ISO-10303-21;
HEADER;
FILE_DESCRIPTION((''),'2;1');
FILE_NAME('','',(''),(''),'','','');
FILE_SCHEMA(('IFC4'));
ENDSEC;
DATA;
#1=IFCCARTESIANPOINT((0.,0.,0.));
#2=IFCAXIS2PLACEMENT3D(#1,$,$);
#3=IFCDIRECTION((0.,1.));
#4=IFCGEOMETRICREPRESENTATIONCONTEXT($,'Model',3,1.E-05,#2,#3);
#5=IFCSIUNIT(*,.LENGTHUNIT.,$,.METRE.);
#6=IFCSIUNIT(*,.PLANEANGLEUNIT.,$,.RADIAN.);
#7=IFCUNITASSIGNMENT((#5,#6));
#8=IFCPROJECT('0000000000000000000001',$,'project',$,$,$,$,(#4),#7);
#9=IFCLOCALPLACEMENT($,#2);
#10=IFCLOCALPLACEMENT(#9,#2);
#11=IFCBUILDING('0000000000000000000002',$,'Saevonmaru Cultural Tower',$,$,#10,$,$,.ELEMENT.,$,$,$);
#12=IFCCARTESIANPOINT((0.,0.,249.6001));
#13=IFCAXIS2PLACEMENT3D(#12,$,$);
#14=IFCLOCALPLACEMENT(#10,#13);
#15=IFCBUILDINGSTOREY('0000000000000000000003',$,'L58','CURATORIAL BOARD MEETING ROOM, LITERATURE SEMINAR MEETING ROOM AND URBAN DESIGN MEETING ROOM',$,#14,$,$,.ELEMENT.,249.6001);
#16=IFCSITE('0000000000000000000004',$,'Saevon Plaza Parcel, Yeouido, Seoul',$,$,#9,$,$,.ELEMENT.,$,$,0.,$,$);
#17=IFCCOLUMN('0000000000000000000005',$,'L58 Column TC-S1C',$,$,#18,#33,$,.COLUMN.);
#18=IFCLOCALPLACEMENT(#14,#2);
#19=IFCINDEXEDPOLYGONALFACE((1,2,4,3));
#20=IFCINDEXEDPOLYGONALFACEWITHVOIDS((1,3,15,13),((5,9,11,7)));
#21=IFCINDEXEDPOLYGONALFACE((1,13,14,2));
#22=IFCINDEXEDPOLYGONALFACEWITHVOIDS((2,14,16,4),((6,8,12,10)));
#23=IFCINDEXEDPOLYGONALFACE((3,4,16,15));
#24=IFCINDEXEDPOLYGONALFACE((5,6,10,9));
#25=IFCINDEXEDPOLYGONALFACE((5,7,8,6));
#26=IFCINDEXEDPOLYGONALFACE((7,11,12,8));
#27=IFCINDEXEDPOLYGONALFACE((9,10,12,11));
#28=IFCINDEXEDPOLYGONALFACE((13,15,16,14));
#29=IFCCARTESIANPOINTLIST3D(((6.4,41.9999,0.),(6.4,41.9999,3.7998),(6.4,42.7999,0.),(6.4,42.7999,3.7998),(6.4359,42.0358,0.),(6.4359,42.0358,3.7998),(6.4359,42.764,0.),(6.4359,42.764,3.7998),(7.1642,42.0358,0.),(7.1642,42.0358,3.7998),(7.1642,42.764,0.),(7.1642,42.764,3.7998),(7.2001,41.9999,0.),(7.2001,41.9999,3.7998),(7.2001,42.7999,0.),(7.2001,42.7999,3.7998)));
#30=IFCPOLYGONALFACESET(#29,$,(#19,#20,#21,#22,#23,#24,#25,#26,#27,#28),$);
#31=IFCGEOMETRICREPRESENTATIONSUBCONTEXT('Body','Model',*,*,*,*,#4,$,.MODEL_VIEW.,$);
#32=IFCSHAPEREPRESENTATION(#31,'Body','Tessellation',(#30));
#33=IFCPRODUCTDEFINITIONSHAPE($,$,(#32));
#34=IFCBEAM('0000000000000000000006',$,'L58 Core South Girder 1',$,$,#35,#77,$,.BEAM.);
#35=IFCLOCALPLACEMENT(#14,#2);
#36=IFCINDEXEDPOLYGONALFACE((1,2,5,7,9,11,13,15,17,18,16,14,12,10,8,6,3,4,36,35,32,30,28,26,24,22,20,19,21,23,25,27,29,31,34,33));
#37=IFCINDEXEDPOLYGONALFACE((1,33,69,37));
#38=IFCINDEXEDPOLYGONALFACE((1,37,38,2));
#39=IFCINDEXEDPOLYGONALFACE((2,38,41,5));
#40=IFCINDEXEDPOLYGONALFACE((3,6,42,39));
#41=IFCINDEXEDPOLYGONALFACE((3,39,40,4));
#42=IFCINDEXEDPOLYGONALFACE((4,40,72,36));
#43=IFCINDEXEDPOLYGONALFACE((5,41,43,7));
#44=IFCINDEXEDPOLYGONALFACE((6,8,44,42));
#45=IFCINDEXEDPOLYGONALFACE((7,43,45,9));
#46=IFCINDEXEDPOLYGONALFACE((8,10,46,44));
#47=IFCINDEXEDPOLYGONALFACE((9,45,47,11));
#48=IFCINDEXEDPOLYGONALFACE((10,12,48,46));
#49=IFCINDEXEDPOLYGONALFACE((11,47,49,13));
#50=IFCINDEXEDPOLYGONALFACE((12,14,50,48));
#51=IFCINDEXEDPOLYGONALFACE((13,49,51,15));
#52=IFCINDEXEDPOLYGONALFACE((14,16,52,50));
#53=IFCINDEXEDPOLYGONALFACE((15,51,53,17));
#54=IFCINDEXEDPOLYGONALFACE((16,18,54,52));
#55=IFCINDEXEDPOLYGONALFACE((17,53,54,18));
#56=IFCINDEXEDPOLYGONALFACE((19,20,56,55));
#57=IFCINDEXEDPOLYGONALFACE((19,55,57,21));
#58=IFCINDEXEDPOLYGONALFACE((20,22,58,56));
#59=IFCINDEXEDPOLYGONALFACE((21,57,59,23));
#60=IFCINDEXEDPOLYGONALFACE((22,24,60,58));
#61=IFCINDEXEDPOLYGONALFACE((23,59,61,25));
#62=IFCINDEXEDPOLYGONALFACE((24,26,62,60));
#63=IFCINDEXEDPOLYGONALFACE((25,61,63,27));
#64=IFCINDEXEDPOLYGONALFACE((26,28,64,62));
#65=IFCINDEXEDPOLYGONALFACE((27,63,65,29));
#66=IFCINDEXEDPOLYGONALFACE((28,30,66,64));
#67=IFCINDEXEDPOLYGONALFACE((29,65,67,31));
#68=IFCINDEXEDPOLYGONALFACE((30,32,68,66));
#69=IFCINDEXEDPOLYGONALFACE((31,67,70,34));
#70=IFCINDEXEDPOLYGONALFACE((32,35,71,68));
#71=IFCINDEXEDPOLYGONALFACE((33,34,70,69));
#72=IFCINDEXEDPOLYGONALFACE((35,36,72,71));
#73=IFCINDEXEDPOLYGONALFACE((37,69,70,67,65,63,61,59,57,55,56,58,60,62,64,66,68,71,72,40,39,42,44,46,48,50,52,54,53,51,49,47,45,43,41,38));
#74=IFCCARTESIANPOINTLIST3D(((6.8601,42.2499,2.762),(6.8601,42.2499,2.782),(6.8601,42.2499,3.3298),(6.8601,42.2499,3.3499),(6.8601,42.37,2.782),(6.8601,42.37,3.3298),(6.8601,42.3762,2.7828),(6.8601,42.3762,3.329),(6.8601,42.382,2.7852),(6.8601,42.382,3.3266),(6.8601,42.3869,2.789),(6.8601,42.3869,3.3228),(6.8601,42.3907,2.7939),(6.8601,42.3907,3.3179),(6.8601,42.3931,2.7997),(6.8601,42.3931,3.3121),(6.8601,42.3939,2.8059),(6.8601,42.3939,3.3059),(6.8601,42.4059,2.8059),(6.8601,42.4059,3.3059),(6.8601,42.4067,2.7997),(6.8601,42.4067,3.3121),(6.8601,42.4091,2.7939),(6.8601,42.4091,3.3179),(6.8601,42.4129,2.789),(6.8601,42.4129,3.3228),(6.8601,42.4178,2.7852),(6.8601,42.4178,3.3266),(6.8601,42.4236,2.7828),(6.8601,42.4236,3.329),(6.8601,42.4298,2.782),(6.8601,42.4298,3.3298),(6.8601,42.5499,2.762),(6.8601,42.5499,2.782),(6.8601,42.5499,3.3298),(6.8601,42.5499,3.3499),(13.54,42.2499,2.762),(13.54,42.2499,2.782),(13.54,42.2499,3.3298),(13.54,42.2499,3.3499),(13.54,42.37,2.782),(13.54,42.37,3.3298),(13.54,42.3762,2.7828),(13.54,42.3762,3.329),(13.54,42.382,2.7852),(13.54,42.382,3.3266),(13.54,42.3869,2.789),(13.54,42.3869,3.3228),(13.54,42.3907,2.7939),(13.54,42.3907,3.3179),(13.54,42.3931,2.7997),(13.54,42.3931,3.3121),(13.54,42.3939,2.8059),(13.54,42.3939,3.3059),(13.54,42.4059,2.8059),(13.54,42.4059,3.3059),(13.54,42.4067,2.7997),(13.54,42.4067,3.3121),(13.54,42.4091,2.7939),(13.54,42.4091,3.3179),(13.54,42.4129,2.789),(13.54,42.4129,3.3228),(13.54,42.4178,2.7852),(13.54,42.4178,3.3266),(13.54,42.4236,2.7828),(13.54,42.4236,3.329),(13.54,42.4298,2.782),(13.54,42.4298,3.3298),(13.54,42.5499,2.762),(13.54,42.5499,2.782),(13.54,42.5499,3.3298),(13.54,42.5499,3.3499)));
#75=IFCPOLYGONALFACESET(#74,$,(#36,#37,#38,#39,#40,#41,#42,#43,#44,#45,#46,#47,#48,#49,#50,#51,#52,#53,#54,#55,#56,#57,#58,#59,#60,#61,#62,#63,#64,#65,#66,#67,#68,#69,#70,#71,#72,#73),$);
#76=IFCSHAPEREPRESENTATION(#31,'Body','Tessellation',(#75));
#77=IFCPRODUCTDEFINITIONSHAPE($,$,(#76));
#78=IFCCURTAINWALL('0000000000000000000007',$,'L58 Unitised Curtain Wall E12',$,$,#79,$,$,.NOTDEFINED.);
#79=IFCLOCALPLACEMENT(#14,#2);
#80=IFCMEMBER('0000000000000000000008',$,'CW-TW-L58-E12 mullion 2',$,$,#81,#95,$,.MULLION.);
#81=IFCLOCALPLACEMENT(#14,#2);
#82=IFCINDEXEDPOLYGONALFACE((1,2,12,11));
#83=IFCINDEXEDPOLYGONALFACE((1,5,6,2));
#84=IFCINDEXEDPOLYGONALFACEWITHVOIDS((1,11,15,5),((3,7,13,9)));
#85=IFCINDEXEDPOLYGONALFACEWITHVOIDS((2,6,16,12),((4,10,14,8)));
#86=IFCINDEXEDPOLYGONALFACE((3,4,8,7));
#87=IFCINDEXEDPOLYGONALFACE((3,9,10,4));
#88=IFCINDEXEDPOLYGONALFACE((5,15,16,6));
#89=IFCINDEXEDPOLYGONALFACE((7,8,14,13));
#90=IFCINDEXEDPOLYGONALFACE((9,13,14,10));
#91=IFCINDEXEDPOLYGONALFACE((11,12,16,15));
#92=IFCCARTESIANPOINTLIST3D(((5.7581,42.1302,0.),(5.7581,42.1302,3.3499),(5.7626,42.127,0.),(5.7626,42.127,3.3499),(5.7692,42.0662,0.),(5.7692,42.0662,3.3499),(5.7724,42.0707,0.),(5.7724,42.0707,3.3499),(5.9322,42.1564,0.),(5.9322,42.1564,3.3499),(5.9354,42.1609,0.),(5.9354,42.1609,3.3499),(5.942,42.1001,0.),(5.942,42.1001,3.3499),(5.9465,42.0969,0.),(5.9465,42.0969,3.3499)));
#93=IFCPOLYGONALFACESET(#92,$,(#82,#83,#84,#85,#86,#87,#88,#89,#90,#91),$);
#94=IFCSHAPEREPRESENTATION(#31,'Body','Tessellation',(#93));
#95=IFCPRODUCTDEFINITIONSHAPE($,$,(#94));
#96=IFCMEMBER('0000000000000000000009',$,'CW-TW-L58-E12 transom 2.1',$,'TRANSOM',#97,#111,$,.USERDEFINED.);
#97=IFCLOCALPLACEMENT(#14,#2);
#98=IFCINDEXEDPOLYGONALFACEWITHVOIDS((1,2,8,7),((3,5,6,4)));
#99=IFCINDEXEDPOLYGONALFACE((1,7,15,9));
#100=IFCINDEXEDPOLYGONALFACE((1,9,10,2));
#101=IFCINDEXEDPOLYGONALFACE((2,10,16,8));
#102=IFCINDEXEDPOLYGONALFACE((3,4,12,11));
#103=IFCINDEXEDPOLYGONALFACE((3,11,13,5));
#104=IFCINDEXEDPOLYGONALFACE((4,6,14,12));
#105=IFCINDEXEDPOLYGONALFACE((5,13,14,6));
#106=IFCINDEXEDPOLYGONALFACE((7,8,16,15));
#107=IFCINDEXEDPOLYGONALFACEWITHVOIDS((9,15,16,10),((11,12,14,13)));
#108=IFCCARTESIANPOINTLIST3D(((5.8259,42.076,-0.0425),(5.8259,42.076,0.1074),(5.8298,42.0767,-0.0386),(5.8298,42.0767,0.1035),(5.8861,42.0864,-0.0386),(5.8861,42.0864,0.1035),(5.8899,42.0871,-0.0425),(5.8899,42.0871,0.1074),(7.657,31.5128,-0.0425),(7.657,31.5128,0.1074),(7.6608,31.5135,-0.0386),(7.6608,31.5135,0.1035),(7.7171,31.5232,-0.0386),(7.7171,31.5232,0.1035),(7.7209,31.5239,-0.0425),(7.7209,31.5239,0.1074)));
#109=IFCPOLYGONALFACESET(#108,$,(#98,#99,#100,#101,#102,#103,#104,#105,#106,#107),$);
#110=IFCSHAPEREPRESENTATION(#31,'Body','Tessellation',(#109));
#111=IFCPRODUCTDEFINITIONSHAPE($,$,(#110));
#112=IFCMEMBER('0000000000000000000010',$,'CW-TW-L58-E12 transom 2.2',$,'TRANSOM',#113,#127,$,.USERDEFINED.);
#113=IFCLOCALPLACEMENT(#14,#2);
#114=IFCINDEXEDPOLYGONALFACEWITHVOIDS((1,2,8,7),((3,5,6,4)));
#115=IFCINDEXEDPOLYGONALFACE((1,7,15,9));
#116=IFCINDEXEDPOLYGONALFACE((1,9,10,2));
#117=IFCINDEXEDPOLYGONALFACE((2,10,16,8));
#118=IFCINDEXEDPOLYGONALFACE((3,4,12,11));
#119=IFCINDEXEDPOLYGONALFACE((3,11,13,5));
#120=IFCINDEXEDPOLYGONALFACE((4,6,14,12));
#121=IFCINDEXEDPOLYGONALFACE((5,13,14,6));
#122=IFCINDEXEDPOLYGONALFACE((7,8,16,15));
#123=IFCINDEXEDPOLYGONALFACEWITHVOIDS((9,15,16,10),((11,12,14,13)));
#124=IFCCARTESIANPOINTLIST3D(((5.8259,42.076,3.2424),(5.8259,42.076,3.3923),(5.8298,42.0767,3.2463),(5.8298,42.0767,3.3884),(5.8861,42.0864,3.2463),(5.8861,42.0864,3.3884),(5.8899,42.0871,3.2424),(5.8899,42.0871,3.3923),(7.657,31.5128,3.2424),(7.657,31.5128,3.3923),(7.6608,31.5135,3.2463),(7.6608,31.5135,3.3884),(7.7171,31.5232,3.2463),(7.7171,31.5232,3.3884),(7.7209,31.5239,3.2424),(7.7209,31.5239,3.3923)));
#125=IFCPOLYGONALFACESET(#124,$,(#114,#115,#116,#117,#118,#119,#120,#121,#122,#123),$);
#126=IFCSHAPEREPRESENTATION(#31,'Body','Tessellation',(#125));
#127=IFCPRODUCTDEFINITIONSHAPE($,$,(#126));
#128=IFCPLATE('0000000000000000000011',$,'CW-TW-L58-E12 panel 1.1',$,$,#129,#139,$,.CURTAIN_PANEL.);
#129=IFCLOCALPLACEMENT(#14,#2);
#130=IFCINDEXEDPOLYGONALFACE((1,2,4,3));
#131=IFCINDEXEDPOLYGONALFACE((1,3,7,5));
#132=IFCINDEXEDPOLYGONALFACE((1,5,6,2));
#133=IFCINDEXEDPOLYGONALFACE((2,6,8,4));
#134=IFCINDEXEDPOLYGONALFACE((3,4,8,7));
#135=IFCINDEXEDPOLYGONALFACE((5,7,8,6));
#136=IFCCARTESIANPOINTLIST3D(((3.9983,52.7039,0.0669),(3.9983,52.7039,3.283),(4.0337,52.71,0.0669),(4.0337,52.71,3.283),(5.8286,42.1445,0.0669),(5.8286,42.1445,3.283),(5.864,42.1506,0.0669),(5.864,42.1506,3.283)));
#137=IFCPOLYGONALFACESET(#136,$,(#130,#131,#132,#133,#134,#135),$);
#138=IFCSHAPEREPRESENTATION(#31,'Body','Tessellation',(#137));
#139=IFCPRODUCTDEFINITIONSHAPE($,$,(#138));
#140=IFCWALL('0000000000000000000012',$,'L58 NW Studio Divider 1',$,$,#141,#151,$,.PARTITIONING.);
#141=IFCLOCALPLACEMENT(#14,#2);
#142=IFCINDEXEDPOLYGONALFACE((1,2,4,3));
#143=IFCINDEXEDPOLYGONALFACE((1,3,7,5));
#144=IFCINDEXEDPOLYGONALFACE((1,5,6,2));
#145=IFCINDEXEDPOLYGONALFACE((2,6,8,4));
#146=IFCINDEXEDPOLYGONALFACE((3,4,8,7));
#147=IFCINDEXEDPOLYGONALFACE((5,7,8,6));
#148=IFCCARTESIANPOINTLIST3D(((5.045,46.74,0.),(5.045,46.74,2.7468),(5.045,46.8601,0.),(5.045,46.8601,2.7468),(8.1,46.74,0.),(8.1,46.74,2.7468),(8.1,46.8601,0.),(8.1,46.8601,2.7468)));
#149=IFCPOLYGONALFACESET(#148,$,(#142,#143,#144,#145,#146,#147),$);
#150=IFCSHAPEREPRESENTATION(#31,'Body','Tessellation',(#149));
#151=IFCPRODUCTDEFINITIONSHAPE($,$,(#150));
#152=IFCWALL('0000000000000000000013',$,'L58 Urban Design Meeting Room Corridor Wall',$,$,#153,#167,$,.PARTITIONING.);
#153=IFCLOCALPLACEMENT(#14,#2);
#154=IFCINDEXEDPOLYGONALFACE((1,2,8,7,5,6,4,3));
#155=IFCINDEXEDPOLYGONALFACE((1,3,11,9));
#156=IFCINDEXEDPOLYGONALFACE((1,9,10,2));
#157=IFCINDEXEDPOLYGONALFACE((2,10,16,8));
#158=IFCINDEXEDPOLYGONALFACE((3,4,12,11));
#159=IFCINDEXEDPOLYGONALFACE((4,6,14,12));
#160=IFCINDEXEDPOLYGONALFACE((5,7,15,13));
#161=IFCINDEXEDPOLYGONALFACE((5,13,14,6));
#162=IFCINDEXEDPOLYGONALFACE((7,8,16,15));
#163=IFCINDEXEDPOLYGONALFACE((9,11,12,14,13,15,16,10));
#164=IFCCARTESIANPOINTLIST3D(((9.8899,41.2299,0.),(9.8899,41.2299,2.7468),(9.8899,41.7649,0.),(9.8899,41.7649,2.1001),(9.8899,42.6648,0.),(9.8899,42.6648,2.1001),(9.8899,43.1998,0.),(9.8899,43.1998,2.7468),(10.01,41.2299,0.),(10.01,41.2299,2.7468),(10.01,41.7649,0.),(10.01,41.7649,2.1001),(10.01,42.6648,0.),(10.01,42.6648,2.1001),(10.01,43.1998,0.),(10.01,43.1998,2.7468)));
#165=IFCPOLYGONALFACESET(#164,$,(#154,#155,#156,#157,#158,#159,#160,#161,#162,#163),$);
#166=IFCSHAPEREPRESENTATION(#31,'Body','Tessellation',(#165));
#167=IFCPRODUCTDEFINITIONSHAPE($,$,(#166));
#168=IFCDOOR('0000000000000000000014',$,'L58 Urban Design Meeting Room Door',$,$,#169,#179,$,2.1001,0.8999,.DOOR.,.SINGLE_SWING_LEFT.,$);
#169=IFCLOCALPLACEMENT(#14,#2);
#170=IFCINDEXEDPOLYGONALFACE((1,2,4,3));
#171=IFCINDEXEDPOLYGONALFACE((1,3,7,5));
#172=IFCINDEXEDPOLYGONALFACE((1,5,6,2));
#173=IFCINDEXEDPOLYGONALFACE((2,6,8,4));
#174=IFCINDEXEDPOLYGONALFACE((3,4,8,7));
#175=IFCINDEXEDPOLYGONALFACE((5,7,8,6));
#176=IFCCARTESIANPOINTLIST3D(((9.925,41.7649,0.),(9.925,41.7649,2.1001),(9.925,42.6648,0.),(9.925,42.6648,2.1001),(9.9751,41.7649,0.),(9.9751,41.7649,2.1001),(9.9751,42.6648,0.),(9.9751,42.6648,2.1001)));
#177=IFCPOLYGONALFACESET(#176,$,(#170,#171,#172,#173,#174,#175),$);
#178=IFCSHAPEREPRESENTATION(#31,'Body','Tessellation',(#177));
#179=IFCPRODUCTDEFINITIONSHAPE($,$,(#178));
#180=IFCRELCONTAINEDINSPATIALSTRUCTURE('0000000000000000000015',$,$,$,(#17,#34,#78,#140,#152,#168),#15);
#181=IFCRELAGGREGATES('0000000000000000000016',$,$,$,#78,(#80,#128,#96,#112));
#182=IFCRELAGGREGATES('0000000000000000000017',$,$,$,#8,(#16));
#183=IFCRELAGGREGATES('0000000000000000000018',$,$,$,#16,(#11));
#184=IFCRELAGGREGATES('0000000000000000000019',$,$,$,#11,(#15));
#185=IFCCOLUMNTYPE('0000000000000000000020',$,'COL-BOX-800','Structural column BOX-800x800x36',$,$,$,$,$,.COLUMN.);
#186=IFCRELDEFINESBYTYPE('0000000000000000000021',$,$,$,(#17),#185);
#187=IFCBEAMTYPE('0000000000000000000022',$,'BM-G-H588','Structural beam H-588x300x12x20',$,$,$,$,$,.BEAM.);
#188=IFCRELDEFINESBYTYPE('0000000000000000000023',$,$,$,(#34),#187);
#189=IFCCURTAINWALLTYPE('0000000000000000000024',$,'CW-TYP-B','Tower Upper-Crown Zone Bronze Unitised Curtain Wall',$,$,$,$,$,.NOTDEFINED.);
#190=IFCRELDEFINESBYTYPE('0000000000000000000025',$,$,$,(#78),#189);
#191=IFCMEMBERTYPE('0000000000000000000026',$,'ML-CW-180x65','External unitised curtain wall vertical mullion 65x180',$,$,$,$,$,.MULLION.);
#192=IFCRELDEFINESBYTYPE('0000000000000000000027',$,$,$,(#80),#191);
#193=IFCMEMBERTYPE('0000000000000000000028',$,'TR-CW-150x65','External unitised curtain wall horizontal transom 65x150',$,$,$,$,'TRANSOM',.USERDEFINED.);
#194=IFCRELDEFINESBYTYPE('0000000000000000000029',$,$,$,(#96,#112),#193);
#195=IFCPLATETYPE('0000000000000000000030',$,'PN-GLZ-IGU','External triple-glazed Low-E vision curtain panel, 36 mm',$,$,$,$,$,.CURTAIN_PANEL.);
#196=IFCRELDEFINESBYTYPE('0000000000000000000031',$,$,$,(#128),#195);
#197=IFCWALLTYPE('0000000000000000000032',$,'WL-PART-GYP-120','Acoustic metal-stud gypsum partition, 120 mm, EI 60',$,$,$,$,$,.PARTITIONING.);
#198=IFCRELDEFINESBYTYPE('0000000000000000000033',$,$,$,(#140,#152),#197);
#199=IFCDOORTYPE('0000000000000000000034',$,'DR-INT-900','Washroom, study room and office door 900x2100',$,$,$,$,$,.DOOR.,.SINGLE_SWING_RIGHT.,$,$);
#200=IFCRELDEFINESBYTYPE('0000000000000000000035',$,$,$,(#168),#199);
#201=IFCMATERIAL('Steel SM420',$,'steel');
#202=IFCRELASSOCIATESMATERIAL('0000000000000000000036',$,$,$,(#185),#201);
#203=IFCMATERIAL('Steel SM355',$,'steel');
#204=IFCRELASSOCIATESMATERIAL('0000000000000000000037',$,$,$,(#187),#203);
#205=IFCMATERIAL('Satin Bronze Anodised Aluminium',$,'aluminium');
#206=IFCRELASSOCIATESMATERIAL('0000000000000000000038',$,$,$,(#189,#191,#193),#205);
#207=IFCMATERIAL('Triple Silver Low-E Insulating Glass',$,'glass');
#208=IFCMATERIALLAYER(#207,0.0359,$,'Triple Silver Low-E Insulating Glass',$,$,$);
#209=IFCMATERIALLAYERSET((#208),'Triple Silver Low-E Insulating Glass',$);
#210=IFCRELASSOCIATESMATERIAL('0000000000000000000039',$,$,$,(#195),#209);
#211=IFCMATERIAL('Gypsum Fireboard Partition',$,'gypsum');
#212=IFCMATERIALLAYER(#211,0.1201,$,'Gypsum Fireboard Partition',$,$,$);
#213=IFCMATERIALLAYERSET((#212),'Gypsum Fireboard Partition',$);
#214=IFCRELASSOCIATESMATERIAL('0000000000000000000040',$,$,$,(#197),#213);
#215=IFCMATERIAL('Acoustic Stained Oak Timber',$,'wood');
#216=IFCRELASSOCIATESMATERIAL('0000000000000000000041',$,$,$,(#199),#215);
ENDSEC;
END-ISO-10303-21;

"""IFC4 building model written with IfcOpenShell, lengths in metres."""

from ifc_helpers import new_model, si_unit, direction, frame, frame_2d, origin, origin_2d, place, context, subcontext, project, spatial, rectangle, hollow_rectangle, i_section, extrude, material, layer, layer_set, material_profile, profile_set, type_object, element, fill, aggregate, save


model = new_model("IFC4")

# Units and contexts
model_context = context("Model", 3, precision=1e-05, world=origin(), true_north=direction((0.0, 1.0)))
body_context = subcontext(model_context, "Body", "Model", "MODEL_VIEW")
ifc_project = project(units=[si_unit("LENGTHUNIT", "METRE"), si_unit("PLANEANGLEUNIT", "RADIAN")], contexts=[model_context])

# Site, building, storey
site_placement = place(None, origin())
site = spatial("IfcSite", under=ifc_project, at=site_placement, Name="Saevon Plaza Parcel, Yeouido, Seoul", CompositionType="ELEMENT", RefElevation=0.0)
building_placement = place(site_placement, origin())
building = spatial("IfcBuilding", under=site, at=building_placement, Name="Saevonmaru Cultural Tower", CompositionType="ELEMENT")
storey_placement = place(building_placement, frame((0.0, 0.0, 249.6001)))
storey = spatial("IfcBuildingStorey", under=building, at=storey_placement, Name="L58", Description="CURATORIAL BOARD MEETING ROOM, LITERATURE SEMINAR MEETING ROOM AND URBAN DESIGN MEETING ROOM", CompositionType="ELEMENT", Elevation=249.6001)

# Column
ifc_material_1 = material(Name="Steel SM420", Category="steel")
ifc_material_profile_1 = material_profile(ifc_material_1, hollow_rectangle(XDim=0.8, YDim=0.8, WallThickness=0.0359, at=origin_2d()), Name="BOX-800x800x36")
ifc_profile_set_1 = profile_set([ifc_material_profile_1], Name="Steel SM420")
column_type = type_object("IfcColumnType", Name="COL-BOX-800", Description="Structural column BOX-800x800x36", PredefinedType="COLUMN", material=ifc_profile_set_1)
column_placement = place(storey_placement, frame((6.8, 42.3999, 0.0), z_axis=(0.0, 0.0, 1.0), x_axis=(1.0, 0.0, 0.0)))
element("IfcColumn", 1, at=column_placement, inside=storey, type_object=column_type, Name="L58 Column TC-S1C", PredefinedType="COLUMN", context=body_context, shape_type="SweptSolid", body=[
    extrude(hollow_rectangle(XDim=0.8, YDim=0.8, WallThickness=0.0359, at=origin_2d()), origin(), (0.0, 0.0, 1.0), 3.7998),
])

# Beam
ifc_material_2 = material(Name="Steel SM355", Category="steel")
ifc_material_profile_2 = material_profile(ifc_material_2, i_section(OverallWidth=0.3, OverallDepth=0.5879, WebThickness=0.012, FlangeThickness=0.02, FilletRadius=0.0239, at=origin_2d()), Name="H-588x300x12x20")
ifc_profile_set_2 = profile_set([ifc_material_profile_2], Name="Steel SM355")
beam_type = type_object("IfcBeamType", Name="BM-G-H588", Description="Structural beam H-588x300x12x20", PredefinedType="BEAM", material=ifc_profile_set_2)
beam_placement = place(storey_placement, frame((6.8601, 42.3999, 3.0559), z_axis=(1.0, 0.0, 0.0), x_axis=(0.0, 1.0, 0.0)))
element("IfcBeam", 2, at=beam_placement, inside=storey, type_object=beam_type, Name="L58 Core South Girder 1", PredefinedType="BEAM", context=body_context, shape_type="SweptSolid", body=[
    extrude(i_section(OverallWidth=0.3, OverallDepth=0.5879, WebThickness=0.012, FlangeThickness=0.02, FilletRadius=0.0239, at=origin_2d()), origin(), (0.0, 0.0, 1.0), 6.6799),
])

# Curtain wall, members, plate
ifc_material_3 = material(Name="Satin Bronze Anodised Aluminium", Category="aluminium")
curtain_wall_type = type_object("IfcCurtainWallType", Name="CW-TYP-B", Description="Tower Upper-Crown Zone Bronze Unitised Curtain Wall", PredefinedType="NOTDEFINED", material=ifc_material_3)
curtain_wall_placement = place(storey_placement, origin())
curtain_wall = element("IfcCurtainWall", 3, at=curtain_wall_placement, inside=storey, type_object=curtain_wall_type, Name="L58 Unitised Curtain Wall E12", PredefinedType="NOTDEFINED")
ifc_material_profile_3 = material_profile(ifc_material_3, hollow_rectangle(XDim=0.0649, YDim=0.1799, WallThickness=0.0039, at=origin_2d()), Name="ALU-MULL-180x65x4")
ifc_profile_set_3 = profile_set([ifc_material_profile_3], Name="Satin Bronze Anodised Aluminium")
member_type_1 = type_object("IfcMemberType", Name="ML-CW-180x65", Description="External unitised curtain wall vertical mullion 65x180", PredefinedType="MULLION", material=ifc_profile_set_3)
member_1_placement = place(storey_placement, frame((5.8523, 42.1135, 0.0), z_axis=(0.0, 0.0, 1.0), x_axis=(0.17079, -0.985307, 0.0)))
member_1 = element("IfcMember", 4, at=member_1_placement, type_object=member_type_1, Name="CW-TW-L58-E12 mullion 2", PredefinedType="MULLION", context=body_context, shape_type="SweptSolid", body=[
    extrude(hollow_rectangle(XDim=0.0649, YDim=0.1799, WallThickness=0.0039, at=origin_2d()), origin(), (0.0, 0.0, 1.0), 3.3499),
])
ifc_material_profile_4 = material_profile(ifc_material_3, hollow_rectangle(XDim=0.0649, YDim=0.1499, WallThickness=0.0039, at=origin_2d()), Name="ALU-TRAN-150x65x4")
ifc_profile_set_4 = profile_set([ifc_material_profile_4], Name="Satin Bronze Anodised Aluminium")
member_type_2 = type_object("IfcMemberType", Name="TR-CW-150x65", Description="External unitised curtain wall horizontal transom 65x150", ElementType="TRANSOM", PredefinedType="USERDEFINED", material=ifc_profile_set_4)
member_2_placement = place(storey_placement, frame((5.8579, 42.0815, 0.0325), z_axis=(0.170795, -0.985307, 0.0), x_axis=(0.985307, 0.170795, 0.0)))
member_2 = element("IfcMember", 5, at=member_2_placement, type_object=member_type_2, Name="CW-TW-L58-E12 transom 2.1", ObjectType="TRANSOM", PredefinedType="USERDEFINED", context=body_context, shape_type="SweptSolid", body=[
    extrude(hollow_rectangle(XDim=0.0649, YDim=0.1499, WallThickness=0.0039, at=origin_2d()), origin(), (0.0, 0.0, 1.0), 10.7207),
])
member_3_placement = place(storey_placement, frame((5.8579, 42.0815, 3.3174), z_axis=(0.170795, -0.985307, 0.0), x_axis=(0.985307, 0.170795, 0.0)))
member_3 = element("IfcMember", 6, at=member_3_placement, type_object=member_type_2, Name="CW-TW-L58-E12 transom 2.2", ObjectType="TRANSOM", PredefinedType="USERDEFINED", context=body_context, shape_type="SweptSolid", body=[
    extrude(hollow_rectangle(XDim=0.0649, YDim=0.1499, WallThickness=0.0039, at=origin_2d()), origin(), (0.0, 0.0, 1.0), 10.7207),
])
ifc_material_4 = material(Name="Triple Silver Low-E Insulating Glass", Category="glass")
ifc_layer_1 = layer(ifc_material_4, 0.0359, Name="Triple Silver Low-E Insulating Glass")
ifc_layer_set_1 = layer_set([ifc_layer_1], Name="Triple Silver Low-E Insulating Glass")
plate_type = type_object("IfcPlateType", Name="PN-GLZ-IGU", Description="External triple-glazed Low-E vision curtain panel, 36 mm", PredefinedType="CURTAIN_PANEL", material=ifc_layer_set_1)
plate_placement = place(storey_placement, frame((4.9312, 47.4272, 0.0669), z_axis=(0.0, 0.0, 1.0), x_axis=(0.17079, -0.985307, 0.0)))
plate = element("IfcPlate", 7, at=plate_placement, type_object=plate_type, Name="CW-TW-L58-E12 panel 1.1", PredefinedType="CURTAIN_PANEL", context=body_context, shape_type="SweptSolid", body=[
    extrude(rectangle(XDim=10.7168, YDim=0.0359, at=origin_2d()), origin(), (0.0, 0.0, 1.0), 3.2161),
])
aggregate(curtain_wall, [member_1, plate, member_2, member_3])

# Wall
ifc_material_5 = material(Name="Gypsum Fireboard Partition", Category="gypsum")
ifc_layer_2 = layer(ifc_material_5, 0.1201, Name="Gypsum Fireboard Partition")
ifc_layer_set_2 = layer_set([ifc_layer_2], Name="Gypsum Fireboard Partition")
wall_type_1 = type_object("IfcWallType", Name="WL-PART-GYP-120", Description="Acoustic metal-stud gypsum partition, 120 mm, EI 60", PredefinedType="PARTITIONING", material=ifc_layer_set_2)
wall_1_placement = place(storey_placement, frame((5.0452, 46.8, 0.0), z_axis=(0.0, 0.0, 1.0), x_axis=(1.0, 0.0, 0.0)))
element("IfcWall", 8, at=wall_1_placement, inside=storey, type_object=wall_type_1, Name="L58 NW Studio Divider 1", PredefinedType="PARTITIONING", context=body_context, shape_type="SweptSolid", body=[
    extrude(rectangle(XDim=3.0549, YDim=0.1201, at=frame_2d((1.5273, 0.0))), origin(), (0.0, 0.0, 1.0), 2.7468),
])

# Wall, opening, door
wall_2_placement = place(storey_placement, frame((9.95, 41.23, 0.0), z_axis=(0.0, 0.0, 1.0), x_axis=(0.0, 1.0, 0.0)))
wall_2 = element("IfcWall", 9, at=wall_2_placement, inside=storey, type_object=wall_type_1, Name="L58 Urban Design Meeting Room Corridor Wall", PredefinedType="PARTITIONING", context=body_context, shape_type="SweptSolid", body=[
    extrude(rectangle(XDim=1.97, YDim=0.1201, at=frame_2d((0.9849, 0.0))), origin(), (0.0, 0.0, 1.0), 2.7468),
])
opening_1_placement = place(wall_2_placement, frame((0.5349, 0.0, 0.0)))
opening_1 = element("IfcOpeningElement", 10, at=opening_1_placement, cuts=wall_2, PredefinedType="OPENING", context=body_context, shape_type="SweptSolid", body=[
    extrude(rectangle(XDim=0.8999, YDim=2.1001, at=frame_2d((0.45, 1.05))), frame((0.0, 0.0701, 0.0), z_axis=(0.0, -1.0, 0.0), x_axis=(1.0, 0.0, 0.0)), (0.0, 0.0, 1.0), 0.1401),
])
ifc_material_6 = material(Name="Acoustic Stained Oak Timber", Category="wood")
door_type_1 = type_object("IfcDoorType", Name="DR-INT-900", Description="Washroom, study room and office door 900x2100", OperationType="SINGLE_SWING_RIGHT", PredefinedType="DOOR", material=ifc_material_6)
door_1_placement = place(opening_1_placement, origin())
door_1 = element("IfcDoor", 11, at=door_1_placement, inside=storey, type_object=door_type_1, Name="L58 Urban Design Meeting Room Door", OperationType="SINGLE_SWING_LEFT", OverallHeight=2.1001, OverallWidth=0.8999, PredefinedType="DOOR", context=body_context, shape_type="SweptSolid", body=[
    extrude(rectangle(XDim=0.8999, YDim=2.1001, at=frame_2d((0.45, 1.05))), frame((0.0, 0.0249, 0.0), z_axis=(0.0, -1.0, 0.0), x_axis=(1.0, 0.0, 0.0)), (0.0, 0.0, 1.0), 0.05),
])
fill(opening_1, door_1)

save(model, "model.ifc")
